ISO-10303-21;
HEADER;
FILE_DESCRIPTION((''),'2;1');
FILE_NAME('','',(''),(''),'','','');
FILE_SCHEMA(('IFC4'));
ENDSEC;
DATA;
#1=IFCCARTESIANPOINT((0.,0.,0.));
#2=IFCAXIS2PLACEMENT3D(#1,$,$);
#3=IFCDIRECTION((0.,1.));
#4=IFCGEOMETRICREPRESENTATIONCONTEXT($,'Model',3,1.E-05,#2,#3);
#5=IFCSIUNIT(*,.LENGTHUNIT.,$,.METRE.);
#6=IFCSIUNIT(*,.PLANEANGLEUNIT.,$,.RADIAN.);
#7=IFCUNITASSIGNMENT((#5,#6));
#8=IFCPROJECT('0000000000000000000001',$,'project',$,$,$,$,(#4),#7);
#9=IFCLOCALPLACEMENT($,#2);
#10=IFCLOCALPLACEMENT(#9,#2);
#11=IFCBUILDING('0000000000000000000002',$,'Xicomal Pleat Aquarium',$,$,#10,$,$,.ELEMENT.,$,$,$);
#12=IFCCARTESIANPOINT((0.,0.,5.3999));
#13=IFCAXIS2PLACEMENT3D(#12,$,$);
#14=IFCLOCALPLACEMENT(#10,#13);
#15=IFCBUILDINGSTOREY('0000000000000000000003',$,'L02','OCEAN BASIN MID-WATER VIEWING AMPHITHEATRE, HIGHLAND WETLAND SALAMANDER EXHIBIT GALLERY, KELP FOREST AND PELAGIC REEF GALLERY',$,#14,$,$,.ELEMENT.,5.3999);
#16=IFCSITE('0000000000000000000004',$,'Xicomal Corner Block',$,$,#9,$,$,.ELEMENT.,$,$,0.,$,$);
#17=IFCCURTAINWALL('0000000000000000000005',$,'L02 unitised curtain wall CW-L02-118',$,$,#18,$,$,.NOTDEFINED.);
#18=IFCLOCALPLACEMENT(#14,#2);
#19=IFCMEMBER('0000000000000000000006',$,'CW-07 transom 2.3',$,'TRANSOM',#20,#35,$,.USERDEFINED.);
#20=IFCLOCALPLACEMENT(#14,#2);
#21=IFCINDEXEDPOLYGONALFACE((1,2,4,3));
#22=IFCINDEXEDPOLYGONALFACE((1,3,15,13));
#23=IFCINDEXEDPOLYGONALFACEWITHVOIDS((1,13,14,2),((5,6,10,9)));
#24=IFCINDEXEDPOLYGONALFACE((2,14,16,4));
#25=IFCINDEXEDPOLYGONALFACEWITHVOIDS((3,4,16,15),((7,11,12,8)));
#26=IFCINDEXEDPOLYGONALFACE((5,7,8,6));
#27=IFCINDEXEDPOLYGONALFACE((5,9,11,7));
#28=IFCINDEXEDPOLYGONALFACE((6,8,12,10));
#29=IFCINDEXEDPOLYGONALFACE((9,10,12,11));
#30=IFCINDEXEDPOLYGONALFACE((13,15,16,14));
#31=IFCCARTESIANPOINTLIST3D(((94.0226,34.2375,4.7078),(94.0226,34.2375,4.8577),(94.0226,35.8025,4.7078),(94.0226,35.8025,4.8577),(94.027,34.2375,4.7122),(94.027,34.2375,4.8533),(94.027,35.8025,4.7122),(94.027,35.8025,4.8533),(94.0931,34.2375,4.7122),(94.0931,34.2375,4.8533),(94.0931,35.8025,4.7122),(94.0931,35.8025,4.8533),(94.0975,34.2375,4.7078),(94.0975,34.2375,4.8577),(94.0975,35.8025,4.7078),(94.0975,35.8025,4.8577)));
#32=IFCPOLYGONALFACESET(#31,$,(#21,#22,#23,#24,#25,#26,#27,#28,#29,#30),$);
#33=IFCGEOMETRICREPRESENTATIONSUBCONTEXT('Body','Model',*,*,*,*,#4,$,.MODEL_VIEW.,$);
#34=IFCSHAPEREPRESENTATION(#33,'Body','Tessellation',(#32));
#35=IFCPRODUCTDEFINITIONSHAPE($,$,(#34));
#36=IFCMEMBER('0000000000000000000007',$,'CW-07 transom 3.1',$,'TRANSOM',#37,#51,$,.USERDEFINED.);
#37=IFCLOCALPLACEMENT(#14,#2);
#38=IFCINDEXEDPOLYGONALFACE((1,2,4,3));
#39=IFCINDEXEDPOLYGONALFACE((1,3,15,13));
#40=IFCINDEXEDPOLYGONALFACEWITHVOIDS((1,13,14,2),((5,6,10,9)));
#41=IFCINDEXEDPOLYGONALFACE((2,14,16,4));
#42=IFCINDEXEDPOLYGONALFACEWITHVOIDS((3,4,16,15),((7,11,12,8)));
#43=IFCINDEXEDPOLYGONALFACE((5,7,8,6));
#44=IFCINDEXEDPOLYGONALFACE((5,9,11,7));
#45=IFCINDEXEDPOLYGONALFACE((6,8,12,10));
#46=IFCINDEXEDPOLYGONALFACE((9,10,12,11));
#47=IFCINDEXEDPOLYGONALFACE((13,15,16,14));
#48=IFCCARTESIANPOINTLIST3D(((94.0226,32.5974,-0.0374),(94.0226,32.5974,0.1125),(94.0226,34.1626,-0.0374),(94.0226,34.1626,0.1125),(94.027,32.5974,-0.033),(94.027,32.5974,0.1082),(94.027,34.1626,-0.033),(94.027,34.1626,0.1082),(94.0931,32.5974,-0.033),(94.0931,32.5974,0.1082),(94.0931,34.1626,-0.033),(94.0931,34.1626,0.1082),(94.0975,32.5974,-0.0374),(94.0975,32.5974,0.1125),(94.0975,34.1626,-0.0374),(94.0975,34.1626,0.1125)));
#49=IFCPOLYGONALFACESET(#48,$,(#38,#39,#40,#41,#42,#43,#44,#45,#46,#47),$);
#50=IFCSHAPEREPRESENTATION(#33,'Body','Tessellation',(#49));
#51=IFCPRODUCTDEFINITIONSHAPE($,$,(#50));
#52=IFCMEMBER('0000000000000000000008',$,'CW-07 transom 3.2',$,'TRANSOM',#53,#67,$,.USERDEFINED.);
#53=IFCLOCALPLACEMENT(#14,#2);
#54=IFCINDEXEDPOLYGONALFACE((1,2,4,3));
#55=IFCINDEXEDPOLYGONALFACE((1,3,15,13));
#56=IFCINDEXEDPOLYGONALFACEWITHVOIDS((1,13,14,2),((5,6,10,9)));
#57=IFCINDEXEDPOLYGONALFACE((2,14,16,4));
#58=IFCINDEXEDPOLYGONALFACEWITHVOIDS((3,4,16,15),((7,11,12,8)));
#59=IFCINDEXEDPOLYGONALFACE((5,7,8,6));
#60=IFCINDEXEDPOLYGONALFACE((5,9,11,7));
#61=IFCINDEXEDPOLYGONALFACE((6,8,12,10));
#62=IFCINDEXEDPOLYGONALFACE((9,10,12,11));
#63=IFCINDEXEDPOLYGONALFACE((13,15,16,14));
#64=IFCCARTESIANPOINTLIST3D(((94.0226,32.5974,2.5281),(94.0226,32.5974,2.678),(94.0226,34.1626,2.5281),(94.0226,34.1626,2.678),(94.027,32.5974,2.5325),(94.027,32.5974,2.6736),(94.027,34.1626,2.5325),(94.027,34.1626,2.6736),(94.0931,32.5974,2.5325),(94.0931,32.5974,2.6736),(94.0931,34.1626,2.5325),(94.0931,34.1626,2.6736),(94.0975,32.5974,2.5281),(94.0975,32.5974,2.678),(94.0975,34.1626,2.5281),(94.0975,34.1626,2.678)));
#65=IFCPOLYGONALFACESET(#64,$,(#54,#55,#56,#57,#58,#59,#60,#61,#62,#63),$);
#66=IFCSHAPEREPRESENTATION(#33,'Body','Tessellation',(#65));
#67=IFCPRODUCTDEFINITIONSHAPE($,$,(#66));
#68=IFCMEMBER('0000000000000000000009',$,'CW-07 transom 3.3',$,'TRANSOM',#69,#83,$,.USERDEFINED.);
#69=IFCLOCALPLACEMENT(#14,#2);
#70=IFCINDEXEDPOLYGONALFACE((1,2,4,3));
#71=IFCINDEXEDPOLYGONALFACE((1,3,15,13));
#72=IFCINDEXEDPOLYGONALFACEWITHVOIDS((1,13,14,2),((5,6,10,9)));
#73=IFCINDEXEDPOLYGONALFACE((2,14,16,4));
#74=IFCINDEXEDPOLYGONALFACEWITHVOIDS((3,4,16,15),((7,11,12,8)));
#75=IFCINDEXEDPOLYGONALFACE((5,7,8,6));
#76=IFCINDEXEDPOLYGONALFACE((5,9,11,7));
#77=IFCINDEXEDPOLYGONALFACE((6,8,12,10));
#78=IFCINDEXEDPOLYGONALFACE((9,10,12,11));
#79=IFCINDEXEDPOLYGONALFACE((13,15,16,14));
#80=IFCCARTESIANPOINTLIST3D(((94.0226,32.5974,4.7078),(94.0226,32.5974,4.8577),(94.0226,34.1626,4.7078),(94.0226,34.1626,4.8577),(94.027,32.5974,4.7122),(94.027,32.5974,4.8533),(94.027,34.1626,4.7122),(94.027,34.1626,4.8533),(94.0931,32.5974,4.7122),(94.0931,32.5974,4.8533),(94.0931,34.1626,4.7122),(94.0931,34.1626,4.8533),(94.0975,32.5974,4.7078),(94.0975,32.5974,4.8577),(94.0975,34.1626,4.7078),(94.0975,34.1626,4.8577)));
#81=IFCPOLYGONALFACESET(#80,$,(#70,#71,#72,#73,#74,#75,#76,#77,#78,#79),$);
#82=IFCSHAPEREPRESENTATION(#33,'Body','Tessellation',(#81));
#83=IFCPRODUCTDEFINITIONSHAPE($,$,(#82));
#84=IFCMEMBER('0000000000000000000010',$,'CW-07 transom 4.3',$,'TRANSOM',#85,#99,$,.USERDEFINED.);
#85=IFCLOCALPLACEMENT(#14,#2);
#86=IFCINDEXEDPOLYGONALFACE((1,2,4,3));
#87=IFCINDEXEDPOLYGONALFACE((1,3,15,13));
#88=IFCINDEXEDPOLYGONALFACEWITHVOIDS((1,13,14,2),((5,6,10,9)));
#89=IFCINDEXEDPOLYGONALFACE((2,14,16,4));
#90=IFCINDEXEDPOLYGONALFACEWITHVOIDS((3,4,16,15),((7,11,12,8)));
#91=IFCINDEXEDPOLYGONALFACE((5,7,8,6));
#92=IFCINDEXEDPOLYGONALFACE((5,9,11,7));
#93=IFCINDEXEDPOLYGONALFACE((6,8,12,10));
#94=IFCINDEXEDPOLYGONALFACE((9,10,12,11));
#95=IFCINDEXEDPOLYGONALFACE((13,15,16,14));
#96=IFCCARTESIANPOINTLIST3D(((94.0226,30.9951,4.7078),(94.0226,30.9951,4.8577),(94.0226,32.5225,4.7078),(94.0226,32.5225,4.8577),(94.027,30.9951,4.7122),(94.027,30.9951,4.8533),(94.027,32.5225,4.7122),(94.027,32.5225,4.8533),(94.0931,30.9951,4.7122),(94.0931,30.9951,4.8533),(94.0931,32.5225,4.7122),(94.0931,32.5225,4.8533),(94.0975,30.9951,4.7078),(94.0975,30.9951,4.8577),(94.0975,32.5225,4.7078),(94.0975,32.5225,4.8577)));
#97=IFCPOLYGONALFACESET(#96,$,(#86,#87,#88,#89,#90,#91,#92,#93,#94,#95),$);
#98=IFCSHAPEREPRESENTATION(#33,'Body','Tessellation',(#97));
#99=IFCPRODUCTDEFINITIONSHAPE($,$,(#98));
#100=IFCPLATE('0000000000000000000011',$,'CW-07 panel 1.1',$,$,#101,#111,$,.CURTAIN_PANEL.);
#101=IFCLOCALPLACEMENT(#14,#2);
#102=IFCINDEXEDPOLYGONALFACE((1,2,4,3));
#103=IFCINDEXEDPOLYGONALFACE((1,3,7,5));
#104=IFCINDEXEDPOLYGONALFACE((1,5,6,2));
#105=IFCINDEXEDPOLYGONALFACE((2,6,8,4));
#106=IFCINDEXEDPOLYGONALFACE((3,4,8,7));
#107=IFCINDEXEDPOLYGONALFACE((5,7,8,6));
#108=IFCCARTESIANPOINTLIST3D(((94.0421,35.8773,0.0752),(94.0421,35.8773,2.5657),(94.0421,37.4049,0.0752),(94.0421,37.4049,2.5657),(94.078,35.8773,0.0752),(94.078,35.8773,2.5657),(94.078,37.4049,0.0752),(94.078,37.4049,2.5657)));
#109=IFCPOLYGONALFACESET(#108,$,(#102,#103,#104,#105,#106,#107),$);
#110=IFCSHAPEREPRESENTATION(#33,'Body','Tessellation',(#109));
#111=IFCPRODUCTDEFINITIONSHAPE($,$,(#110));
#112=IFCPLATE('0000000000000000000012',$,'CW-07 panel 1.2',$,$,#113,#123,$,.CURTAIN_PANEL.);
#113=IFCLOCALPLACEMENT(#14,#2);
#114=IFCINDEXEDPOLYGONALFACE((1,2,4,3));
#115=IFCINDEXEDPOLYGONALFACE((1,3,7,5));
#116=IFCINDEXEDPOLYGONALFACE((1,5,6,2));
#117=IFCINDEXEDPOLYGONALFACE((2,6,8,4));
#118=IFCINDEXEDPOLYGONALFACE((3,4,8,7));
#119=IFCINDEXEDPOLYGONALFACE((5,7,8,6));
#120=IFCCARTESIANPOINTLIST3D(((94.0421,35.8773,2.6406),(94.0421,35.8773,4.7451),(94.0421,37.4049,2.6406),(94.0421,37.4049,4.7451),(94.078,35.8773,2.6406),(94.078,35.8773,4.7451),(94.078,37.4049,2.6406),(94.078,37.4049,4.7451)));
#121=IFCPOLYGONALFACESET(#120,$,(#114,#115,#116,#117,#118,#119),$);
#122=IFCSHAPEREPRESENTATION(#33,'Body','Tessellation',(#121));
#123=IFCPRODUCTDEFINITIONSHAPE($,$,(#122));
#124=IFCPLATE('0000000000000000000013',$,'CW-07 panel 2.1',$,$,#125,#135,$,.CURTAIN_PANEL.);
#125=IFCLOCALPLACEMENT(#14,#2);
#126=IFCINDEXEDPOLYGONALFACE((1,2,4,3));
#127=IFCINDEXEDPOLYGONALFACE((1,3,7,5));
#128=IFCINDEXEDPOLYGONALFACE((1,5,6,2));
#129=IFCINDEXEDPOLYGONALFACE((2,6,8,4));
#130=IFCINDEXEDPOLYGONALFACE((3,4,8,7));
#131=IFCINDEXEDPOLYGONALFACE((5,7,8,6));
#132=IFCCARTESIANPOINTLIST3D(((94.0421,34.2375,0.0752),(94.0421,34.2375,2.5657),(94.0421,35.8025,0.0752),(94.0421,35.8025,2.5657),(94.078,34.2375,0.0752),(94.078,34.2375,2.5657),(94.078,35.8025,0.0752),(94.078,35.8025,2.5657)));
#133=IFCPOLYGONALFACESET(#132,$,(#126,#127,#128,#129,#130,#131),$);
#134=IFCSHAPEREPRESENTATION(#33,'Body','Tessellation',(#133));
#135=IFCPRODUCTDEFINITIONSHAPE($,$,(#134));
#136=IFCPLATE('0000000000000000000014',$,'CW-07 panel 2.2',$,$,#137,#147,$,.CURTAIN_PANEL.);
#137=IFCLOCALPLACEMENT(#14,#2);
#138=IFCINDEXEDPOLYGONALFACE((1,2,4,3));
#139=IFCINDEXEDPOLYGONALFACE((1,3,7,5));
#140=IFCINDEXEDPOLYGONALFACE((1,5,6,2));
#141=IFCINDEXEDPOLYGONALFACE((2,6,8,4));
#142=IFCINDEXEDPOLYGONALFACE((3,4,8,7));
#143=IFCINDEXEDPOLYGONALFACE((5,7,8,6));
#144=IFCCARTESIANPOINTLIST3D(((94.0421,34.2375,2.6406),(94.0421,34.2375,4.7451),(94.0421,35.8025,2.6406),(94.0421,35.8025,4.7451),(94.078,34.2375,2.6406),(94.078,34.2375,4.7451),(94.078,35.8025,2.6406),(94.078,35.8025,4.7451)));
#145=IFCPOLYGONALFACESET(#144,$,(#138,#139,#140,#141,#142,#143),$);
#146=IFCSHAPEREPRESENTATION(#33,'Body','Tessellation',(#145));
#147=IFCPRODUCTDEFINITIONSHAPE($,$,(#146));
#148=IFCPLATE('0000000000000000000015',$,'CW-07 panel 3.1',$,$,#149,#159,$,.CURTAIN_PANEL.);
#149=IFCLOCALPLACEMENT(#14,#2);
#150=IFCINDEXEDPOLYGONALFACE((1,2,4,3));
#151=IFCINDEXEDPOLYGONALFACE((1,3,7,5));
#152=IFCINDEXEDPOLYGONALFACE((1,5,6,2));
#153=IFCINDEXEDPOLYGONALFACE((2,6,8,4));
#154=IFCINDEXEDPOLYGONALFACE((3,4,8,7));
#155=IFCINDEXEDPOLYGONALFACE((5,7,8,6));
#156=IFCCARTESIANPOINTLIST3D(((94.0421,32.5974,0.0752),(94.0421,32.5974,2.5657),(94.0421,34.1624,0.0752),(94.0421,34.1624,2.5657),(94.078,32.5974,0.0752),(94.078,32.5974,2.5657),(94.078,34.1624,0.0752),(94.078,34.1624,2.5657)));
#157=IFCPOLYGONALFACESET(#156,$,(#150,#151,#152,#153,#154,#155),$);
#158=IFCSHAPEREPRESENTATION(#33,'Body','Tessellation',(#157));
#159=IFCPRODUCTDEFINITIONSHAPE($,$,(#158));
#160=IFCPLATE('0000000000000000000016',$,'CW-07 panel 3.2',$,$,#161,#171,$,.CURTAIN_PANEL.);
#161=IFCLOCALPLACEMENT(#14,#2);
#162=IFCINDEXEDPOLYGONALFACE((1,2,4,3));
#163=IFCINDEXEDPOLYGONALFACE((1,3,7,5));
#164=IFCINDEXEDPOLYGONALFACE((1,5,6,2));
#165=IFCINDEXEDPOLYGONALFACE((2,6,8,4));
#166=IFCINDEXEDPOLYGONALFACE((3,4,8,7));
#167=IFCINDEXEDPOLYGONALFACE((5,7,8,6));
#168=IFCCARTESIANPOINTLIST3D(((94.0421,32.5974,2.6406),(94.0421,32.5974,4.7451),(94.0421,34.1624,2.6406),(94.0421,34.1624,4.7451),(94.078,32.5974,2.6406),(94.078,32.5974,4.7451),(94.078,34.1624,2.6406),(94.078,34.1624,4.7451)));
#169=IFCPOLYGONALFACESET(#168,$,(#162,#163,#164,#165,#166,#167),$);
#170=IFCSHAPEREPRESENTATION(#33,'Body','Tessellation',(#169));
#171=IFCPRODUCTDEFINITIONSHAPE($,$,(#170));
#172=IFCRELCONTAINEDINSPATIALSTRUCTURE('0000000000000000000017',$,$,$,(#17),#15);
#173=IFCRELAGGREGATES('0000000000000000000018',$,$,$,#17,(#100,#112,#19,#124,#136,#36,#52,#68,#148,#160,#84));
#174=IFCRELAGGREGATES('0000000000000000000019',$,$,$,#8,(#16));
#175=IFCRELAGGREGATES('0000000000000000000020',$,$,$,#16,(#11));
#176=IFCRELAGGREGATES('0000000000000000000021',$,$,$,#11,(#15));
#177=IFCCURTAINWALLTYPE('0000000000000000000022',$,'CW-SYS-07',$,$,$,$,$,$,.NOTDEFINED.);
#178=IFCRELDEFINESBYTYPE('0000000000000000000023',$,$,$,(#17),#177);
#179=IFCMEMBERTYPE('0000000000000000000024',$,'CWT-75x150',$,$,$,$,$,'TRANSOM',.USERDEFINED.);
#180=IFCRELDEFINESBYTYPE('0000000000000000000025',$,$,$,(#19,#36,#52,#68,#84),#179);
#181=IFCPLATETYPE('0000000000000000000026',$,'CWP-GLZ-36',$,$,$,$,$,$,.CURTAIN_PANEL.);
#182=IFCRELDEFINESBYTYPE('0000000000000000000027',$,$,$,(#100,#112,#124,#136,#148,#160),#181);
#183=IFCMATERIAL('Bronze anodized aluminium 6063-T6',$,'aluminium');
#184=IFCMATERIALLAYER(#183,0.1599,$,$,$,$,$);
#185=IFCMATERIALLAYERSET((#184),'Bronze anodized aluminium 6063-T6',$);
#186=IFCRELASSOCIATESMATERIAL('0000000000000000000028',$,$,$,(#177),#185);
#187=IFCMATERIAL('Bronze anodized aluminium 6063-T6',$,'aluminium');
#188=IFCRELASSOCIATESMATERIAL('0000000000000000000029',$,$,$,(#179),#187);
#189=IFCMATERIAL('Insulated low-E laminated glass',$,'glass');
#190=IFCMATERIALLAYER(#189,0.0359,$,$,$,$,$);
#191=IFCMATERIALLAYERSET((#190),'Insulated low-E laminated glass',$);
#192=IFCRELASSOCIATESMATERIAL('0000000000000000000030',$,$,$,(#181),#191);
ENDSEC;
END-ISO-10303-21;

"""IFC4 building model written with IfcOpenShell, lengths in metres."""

from ifc_helpers import new_model, si_unit, direction, frame, origin, origin_2d, place, context, subcontext, project, spatial, rectangle, hollow_rectangle, extrude, material, layer, layer_set, material_profile, profile_set, type_object, element, aggregate, save


model = new_model("IFC4")

# Units and contexts
model_context = context("Model", 3, precision=1e-05, world=origin(), true_north=direction((0.0, 1.0)))
body_context = subcontext(model_context, "Body", "Model", "MODEL_VIEW")
ifc_project = project(units=[si_unit("LENGTHUNIT", "METRE"), si_unit("PLANEANGLEUNIT", "RADIAN")], contexts=[model_context])

# Site, building, storey
site_placement = place(None, origin())
site = spatial("IfcSite", under=ifc_project, at=site_placement, Name="Xicomal Corner Block", CompositionType="ELEMENT", RefElevation=0.0)
building_placement = place(site_placement, origin())
building = spatial("IfcBuilding", under=site, at=building_placement, Name="Xicomal Pleat Aquarium", CompositionType="ELEMENT")
storey_placement = place(building_placement, frame((0.0, 0.0, 5.3999)))
storey = spatial("IfcBuildingStorey", under=building, at=storey_placement, Name="L02", Description="OCEAN BASIN MID-WATER VIEWING AMPHITHEATRE, HIGHLAND WETLAND SALAMANDER EXHIBIT GALLERY, KELP FOREST AND PELAGIC REEF GALLERY", CompositionType="ELEMENT", Elevation=5.3999)

# Curtain wall, members, plates
ifc_material_1 = material(Name="Bronze anodized aluminium 6063-T6", Category="aluminium")
ifc_layer_1 = layer(ifc_material_1, 0.1599)
ifc_layer_set_1 = layer_set([ifc_layer_1], Name="Bronze anodized aluminium 6063-T6")
curtain_wall_type = type_object("IfcCurtainWallType", Name="CW-SYS-07", PredefinedType="NOTDEFINED", material=ifc_layer_set_1)
curtain_wall_placement = place(storey_placement, origin())
curtain_wall = element("IfcCurtainWall", 1, at=curtain_wall_placement, inside=storey, type_object=curtain_wall_type, Name="L02 unitised curtain wall CW-L02-118", PredefinedType="NOTDEFINED")
ifc_material_2 = material(Name="Bronze anodized aluminium 6063-T6", Category="aluminium")
ifc_material_profile_1 = material_profile(ifc_material_2, hollow_rectangle(XDim=0.075, YDim=0.1499, WallThickness=0.0044, at=origin_2d()), Name="ALU TRAN 75x150")
ifc_profile_set_1 = profile_set([ifc_material_profile_1], Name="Bronze anodized aluminium 6063-T6")
member_type_1 = type_object("IfcMemberType", Name="CWT-75x150", ElementType="TRANSOM", PredefinedType="USERDEFINED", material=ifc_profile_set_1)
member_1_placement = place(storey_placement, frame((94.0601, 35.8025, 4.7827), z_axis=(0.0, -1.0, 0.0), x_axis=(1.0, 0.0, 0.0)))
member_1 = element("IfcMember", 2, at=member_1_placement, type_object=member_type_1, Name="CW-07 transom 2.3", ObjectType="TRANSOM", PredefinedType="USERDEFINED", context=body_context, shape_type="SweptSolid", body=[
    extrude(hollow_rectangle(XDim=0.075, YDim=0.1499, WallThickness=0.0044, at=origin_2d()), origin(), (0.0, 0.0, 1.0), 1.5649),
])
member_2_placement = place(storey_placement, frame((94.0601, 34.1626, 0.0376), z_axis=(0.0, -1.0, 0.0), x_axis=(1.0, 0.0, 0.0)))
member_2 = element("IfcMember", 3, at=member_2_placement, type_object=member_type_1, Name="CW-07 transom 3.1", ObjectType="TRANSOM", PredefinedType="USERDEFINED", context=body_context, shape_type="SweptSolid", body=[
    extrude(hollow_rectangle(XDim=0.075, YDim=0.1499, WallThickness=0.0044, at=origin_2d()), origin(), (0.0, 0.0, 1.0), 1.5652),
])
member_3_placement = place(storey_placement, frame((94.0601, 34.1626, 2.603), z_axis=(0.0, -1.0, 0.0), x_axis=(1.0, 0.0, 0.0)))
member_3 = element("IfcMember", 4, at=member_3_placement, type_object=member_type_1, Name="CW-07 transom 3.2", ObjectType="TRANSOM", PredefinedType="USERDEFINED", context=body_context, shape_type="SweptSolid", body=[
    extrude(hollow_rectangle(XDim=0.075, YDim=0.1499, WallThickness=0.0044, at=origin_2d()), origin(), (0.0, 0.0, 1.0), 1.5652),
])
member_4_placement = place(storey_placement, frame((94.0601, 34.1626, 4.7827), z_axis=(0.0, -1.0, 0.0), x_axis=(1.0, 0.0, 0.0)))
member_4 = element("IfcMember", 5, at=member_4_placement, type_object=member_type_1, Name="CW-07 transom 3.3", ObjectType="TRANSOM", PredefinedType="USERDEFINED", context=body_context, shape_type="SweptSolid", body=[
    extrude(hollow_rectangle(XDim=0.075, YDim=0.1499, WallThickness=0.0044, at=origin_2d()), origin(), (0.0, 0.0, 1.0), 1.5652),
])
member_5_placement = place(storey_placement, frame((94.0601, 32.5225, 4.7827), z_axis=(0.0, -1.0, 0.0), x_axis=(1.0, 0.0, 0.0)))
member_5 = element("IfcMember", 6, at=member_5_placement, type_object=member_type_1, Name="CW-07 transom 4.3", ObjectType="TRANSOM", PredefinedType="USERDEFINED", context=body_context, shape_type="SweptSolid", body=[
    extrude(hollow_rectangle(XDim=0.075, YDim=0.1499, WallThickness=0.0044, at=origin_2d()), origin(), (0.0, 0.0, 1.0), 1.5273),
])
ifc_material_3 = material(Name="Insulated low-E laminated glass", Category="glass")
ifc_layer_2 = layer(ifc_material_3, 0.0359)
ifc_layer_set_2 = layer_set([ifc_layer_2], Name="Insulated low-E laminated glass")
plate_type = type_object("IfcPlateType", Name="CWP-GLZ-36", PredefinedType="CURTAIN_PANEL", material=ifc_layer_set_2)
plate_1_placement = place(storey_placement, frame((94.0601, 36.6411, 0.0752), z_axis=(0.0, 0.0, 1.0), x_axis=(0.0, -1.0, 0.0)))
plate_1 = element("IfcPlate", 7, at=plate_1_placement, type_object=plate_type, Name="CW-07 panel 1.1", PredefinedType="CURTAIN_PANEL", context=body_context, shape_type="SweptSolid", body=[
    extrude(rectangle(XDim=1.5276, YDim=0.0359, at=origin_2d()), origin(), (0.0, 0.0, 1.0), 2.4905),
])
plate_2_placement = place(storey_placement, frame((94.0601, 36.6411, 2.6406), z_axis=(0.0, 0.0, 1.0), x_axis=(0.0, -1.0, 0.0)))
plate_2 = element("IfcPlate", 8, at=plate_2_placement, type_object=plate_type, Name="CW-07 panel 1.2", PredefinedType="CURTAIN_PANEL", context=body_context, shape_type="SweptSolid", body=[
    extrude(rectangle(XDim=1.5276, YDim=0.0359, at=origin_2d()), origin(), (0.0, 0.0, 1.0), 2.1045),
])
plate_3_placement = place(storey_placement, frame((94.0601, 35.02, 0.0752), z_axis=(0.0, 0.0, 1.0), x_axis=(0.0, -1.0, 0.0)))
plate_3 = element("IfcPlate", 9, at=plate_3_placement, type_object=plate_type, Name="CW-07 panel 2.1", PredefinedType="CURTAIN_PANEL", context=body_context, shape_type="SweptSolid", body=[
    extrude(rectangle(XDim=1.5649, YDim=0.0359, at=origin_2d()), origin(), (0.0, 0.0, 1.0), 2.4905),
])
plate_4_placement = place(storey_placement, frame((94.0601, 35.02, 2.6406), z_axis=(0.0, 0.0, 1.0), x_axis=(0.0, -1.0, 0.0)))
plate_4 = element("IfcPlate", 10, at=plate_4_placement, type_object=plate_type, Name="CW-07 panel 2.2", PredefinedType="CURTAIN_PANEL", context=body_context, shape_type="SweptSolid", body=[
    extrude(rectangle(XDim=1.5649, YDim=0.0359, at=origin_2d()), origin(), (0.0, 0.0, 1.0), 2.1045),
])
plate_5_placement = place(storey_placement, frame((94.0601, 33.3799, 0.0752), z_axis=(0.0, 0.0, 1.0), x_axis=(0.0, -1.0, 0.0)))
plate_5 = element("IfcPlate", 11, at=plate_5_placement, type_object=plate_type, Name="CW-07 panel 3.1", PredefinedType="CURTAIN_PANEL", context=body_context, shape_type="SweptSolid", body=[
    extrude(rectangle(XDim=1.5649, YDim=0.0359, at=origin_2d()), origin(), (0.0, 0.0, 1.0), 2.4905),
])
plate_6_placement = place(storey_placement, frame((94.0601, 33.3799, 2.6406), z_axis=(0.0, 0.0, 1.0), x_axis=(0.0, -1.0, 0.0)))
plate_6 = element("IfcPlate", 12, at=plate_6_placement, type_object=plate_type, Name="CW-07 panel 3.2", PredefinedType="CURTAIN_PANEL", context=body_context, shape_type="SweptSolid", body=[
    extrude(rectangle(XDim=1.5649, YDim=0.0359, at=origin_2d()), origin(), (0.0, 0.0, 1.0), 2.1045),
])
aggregate(curtain_wall, [plate_1, plate_2, member_1, plate_3, plate_4, member_2, member_3, member_4, plate_5, plate_6, member_5])

save(model, "model.ifc")
